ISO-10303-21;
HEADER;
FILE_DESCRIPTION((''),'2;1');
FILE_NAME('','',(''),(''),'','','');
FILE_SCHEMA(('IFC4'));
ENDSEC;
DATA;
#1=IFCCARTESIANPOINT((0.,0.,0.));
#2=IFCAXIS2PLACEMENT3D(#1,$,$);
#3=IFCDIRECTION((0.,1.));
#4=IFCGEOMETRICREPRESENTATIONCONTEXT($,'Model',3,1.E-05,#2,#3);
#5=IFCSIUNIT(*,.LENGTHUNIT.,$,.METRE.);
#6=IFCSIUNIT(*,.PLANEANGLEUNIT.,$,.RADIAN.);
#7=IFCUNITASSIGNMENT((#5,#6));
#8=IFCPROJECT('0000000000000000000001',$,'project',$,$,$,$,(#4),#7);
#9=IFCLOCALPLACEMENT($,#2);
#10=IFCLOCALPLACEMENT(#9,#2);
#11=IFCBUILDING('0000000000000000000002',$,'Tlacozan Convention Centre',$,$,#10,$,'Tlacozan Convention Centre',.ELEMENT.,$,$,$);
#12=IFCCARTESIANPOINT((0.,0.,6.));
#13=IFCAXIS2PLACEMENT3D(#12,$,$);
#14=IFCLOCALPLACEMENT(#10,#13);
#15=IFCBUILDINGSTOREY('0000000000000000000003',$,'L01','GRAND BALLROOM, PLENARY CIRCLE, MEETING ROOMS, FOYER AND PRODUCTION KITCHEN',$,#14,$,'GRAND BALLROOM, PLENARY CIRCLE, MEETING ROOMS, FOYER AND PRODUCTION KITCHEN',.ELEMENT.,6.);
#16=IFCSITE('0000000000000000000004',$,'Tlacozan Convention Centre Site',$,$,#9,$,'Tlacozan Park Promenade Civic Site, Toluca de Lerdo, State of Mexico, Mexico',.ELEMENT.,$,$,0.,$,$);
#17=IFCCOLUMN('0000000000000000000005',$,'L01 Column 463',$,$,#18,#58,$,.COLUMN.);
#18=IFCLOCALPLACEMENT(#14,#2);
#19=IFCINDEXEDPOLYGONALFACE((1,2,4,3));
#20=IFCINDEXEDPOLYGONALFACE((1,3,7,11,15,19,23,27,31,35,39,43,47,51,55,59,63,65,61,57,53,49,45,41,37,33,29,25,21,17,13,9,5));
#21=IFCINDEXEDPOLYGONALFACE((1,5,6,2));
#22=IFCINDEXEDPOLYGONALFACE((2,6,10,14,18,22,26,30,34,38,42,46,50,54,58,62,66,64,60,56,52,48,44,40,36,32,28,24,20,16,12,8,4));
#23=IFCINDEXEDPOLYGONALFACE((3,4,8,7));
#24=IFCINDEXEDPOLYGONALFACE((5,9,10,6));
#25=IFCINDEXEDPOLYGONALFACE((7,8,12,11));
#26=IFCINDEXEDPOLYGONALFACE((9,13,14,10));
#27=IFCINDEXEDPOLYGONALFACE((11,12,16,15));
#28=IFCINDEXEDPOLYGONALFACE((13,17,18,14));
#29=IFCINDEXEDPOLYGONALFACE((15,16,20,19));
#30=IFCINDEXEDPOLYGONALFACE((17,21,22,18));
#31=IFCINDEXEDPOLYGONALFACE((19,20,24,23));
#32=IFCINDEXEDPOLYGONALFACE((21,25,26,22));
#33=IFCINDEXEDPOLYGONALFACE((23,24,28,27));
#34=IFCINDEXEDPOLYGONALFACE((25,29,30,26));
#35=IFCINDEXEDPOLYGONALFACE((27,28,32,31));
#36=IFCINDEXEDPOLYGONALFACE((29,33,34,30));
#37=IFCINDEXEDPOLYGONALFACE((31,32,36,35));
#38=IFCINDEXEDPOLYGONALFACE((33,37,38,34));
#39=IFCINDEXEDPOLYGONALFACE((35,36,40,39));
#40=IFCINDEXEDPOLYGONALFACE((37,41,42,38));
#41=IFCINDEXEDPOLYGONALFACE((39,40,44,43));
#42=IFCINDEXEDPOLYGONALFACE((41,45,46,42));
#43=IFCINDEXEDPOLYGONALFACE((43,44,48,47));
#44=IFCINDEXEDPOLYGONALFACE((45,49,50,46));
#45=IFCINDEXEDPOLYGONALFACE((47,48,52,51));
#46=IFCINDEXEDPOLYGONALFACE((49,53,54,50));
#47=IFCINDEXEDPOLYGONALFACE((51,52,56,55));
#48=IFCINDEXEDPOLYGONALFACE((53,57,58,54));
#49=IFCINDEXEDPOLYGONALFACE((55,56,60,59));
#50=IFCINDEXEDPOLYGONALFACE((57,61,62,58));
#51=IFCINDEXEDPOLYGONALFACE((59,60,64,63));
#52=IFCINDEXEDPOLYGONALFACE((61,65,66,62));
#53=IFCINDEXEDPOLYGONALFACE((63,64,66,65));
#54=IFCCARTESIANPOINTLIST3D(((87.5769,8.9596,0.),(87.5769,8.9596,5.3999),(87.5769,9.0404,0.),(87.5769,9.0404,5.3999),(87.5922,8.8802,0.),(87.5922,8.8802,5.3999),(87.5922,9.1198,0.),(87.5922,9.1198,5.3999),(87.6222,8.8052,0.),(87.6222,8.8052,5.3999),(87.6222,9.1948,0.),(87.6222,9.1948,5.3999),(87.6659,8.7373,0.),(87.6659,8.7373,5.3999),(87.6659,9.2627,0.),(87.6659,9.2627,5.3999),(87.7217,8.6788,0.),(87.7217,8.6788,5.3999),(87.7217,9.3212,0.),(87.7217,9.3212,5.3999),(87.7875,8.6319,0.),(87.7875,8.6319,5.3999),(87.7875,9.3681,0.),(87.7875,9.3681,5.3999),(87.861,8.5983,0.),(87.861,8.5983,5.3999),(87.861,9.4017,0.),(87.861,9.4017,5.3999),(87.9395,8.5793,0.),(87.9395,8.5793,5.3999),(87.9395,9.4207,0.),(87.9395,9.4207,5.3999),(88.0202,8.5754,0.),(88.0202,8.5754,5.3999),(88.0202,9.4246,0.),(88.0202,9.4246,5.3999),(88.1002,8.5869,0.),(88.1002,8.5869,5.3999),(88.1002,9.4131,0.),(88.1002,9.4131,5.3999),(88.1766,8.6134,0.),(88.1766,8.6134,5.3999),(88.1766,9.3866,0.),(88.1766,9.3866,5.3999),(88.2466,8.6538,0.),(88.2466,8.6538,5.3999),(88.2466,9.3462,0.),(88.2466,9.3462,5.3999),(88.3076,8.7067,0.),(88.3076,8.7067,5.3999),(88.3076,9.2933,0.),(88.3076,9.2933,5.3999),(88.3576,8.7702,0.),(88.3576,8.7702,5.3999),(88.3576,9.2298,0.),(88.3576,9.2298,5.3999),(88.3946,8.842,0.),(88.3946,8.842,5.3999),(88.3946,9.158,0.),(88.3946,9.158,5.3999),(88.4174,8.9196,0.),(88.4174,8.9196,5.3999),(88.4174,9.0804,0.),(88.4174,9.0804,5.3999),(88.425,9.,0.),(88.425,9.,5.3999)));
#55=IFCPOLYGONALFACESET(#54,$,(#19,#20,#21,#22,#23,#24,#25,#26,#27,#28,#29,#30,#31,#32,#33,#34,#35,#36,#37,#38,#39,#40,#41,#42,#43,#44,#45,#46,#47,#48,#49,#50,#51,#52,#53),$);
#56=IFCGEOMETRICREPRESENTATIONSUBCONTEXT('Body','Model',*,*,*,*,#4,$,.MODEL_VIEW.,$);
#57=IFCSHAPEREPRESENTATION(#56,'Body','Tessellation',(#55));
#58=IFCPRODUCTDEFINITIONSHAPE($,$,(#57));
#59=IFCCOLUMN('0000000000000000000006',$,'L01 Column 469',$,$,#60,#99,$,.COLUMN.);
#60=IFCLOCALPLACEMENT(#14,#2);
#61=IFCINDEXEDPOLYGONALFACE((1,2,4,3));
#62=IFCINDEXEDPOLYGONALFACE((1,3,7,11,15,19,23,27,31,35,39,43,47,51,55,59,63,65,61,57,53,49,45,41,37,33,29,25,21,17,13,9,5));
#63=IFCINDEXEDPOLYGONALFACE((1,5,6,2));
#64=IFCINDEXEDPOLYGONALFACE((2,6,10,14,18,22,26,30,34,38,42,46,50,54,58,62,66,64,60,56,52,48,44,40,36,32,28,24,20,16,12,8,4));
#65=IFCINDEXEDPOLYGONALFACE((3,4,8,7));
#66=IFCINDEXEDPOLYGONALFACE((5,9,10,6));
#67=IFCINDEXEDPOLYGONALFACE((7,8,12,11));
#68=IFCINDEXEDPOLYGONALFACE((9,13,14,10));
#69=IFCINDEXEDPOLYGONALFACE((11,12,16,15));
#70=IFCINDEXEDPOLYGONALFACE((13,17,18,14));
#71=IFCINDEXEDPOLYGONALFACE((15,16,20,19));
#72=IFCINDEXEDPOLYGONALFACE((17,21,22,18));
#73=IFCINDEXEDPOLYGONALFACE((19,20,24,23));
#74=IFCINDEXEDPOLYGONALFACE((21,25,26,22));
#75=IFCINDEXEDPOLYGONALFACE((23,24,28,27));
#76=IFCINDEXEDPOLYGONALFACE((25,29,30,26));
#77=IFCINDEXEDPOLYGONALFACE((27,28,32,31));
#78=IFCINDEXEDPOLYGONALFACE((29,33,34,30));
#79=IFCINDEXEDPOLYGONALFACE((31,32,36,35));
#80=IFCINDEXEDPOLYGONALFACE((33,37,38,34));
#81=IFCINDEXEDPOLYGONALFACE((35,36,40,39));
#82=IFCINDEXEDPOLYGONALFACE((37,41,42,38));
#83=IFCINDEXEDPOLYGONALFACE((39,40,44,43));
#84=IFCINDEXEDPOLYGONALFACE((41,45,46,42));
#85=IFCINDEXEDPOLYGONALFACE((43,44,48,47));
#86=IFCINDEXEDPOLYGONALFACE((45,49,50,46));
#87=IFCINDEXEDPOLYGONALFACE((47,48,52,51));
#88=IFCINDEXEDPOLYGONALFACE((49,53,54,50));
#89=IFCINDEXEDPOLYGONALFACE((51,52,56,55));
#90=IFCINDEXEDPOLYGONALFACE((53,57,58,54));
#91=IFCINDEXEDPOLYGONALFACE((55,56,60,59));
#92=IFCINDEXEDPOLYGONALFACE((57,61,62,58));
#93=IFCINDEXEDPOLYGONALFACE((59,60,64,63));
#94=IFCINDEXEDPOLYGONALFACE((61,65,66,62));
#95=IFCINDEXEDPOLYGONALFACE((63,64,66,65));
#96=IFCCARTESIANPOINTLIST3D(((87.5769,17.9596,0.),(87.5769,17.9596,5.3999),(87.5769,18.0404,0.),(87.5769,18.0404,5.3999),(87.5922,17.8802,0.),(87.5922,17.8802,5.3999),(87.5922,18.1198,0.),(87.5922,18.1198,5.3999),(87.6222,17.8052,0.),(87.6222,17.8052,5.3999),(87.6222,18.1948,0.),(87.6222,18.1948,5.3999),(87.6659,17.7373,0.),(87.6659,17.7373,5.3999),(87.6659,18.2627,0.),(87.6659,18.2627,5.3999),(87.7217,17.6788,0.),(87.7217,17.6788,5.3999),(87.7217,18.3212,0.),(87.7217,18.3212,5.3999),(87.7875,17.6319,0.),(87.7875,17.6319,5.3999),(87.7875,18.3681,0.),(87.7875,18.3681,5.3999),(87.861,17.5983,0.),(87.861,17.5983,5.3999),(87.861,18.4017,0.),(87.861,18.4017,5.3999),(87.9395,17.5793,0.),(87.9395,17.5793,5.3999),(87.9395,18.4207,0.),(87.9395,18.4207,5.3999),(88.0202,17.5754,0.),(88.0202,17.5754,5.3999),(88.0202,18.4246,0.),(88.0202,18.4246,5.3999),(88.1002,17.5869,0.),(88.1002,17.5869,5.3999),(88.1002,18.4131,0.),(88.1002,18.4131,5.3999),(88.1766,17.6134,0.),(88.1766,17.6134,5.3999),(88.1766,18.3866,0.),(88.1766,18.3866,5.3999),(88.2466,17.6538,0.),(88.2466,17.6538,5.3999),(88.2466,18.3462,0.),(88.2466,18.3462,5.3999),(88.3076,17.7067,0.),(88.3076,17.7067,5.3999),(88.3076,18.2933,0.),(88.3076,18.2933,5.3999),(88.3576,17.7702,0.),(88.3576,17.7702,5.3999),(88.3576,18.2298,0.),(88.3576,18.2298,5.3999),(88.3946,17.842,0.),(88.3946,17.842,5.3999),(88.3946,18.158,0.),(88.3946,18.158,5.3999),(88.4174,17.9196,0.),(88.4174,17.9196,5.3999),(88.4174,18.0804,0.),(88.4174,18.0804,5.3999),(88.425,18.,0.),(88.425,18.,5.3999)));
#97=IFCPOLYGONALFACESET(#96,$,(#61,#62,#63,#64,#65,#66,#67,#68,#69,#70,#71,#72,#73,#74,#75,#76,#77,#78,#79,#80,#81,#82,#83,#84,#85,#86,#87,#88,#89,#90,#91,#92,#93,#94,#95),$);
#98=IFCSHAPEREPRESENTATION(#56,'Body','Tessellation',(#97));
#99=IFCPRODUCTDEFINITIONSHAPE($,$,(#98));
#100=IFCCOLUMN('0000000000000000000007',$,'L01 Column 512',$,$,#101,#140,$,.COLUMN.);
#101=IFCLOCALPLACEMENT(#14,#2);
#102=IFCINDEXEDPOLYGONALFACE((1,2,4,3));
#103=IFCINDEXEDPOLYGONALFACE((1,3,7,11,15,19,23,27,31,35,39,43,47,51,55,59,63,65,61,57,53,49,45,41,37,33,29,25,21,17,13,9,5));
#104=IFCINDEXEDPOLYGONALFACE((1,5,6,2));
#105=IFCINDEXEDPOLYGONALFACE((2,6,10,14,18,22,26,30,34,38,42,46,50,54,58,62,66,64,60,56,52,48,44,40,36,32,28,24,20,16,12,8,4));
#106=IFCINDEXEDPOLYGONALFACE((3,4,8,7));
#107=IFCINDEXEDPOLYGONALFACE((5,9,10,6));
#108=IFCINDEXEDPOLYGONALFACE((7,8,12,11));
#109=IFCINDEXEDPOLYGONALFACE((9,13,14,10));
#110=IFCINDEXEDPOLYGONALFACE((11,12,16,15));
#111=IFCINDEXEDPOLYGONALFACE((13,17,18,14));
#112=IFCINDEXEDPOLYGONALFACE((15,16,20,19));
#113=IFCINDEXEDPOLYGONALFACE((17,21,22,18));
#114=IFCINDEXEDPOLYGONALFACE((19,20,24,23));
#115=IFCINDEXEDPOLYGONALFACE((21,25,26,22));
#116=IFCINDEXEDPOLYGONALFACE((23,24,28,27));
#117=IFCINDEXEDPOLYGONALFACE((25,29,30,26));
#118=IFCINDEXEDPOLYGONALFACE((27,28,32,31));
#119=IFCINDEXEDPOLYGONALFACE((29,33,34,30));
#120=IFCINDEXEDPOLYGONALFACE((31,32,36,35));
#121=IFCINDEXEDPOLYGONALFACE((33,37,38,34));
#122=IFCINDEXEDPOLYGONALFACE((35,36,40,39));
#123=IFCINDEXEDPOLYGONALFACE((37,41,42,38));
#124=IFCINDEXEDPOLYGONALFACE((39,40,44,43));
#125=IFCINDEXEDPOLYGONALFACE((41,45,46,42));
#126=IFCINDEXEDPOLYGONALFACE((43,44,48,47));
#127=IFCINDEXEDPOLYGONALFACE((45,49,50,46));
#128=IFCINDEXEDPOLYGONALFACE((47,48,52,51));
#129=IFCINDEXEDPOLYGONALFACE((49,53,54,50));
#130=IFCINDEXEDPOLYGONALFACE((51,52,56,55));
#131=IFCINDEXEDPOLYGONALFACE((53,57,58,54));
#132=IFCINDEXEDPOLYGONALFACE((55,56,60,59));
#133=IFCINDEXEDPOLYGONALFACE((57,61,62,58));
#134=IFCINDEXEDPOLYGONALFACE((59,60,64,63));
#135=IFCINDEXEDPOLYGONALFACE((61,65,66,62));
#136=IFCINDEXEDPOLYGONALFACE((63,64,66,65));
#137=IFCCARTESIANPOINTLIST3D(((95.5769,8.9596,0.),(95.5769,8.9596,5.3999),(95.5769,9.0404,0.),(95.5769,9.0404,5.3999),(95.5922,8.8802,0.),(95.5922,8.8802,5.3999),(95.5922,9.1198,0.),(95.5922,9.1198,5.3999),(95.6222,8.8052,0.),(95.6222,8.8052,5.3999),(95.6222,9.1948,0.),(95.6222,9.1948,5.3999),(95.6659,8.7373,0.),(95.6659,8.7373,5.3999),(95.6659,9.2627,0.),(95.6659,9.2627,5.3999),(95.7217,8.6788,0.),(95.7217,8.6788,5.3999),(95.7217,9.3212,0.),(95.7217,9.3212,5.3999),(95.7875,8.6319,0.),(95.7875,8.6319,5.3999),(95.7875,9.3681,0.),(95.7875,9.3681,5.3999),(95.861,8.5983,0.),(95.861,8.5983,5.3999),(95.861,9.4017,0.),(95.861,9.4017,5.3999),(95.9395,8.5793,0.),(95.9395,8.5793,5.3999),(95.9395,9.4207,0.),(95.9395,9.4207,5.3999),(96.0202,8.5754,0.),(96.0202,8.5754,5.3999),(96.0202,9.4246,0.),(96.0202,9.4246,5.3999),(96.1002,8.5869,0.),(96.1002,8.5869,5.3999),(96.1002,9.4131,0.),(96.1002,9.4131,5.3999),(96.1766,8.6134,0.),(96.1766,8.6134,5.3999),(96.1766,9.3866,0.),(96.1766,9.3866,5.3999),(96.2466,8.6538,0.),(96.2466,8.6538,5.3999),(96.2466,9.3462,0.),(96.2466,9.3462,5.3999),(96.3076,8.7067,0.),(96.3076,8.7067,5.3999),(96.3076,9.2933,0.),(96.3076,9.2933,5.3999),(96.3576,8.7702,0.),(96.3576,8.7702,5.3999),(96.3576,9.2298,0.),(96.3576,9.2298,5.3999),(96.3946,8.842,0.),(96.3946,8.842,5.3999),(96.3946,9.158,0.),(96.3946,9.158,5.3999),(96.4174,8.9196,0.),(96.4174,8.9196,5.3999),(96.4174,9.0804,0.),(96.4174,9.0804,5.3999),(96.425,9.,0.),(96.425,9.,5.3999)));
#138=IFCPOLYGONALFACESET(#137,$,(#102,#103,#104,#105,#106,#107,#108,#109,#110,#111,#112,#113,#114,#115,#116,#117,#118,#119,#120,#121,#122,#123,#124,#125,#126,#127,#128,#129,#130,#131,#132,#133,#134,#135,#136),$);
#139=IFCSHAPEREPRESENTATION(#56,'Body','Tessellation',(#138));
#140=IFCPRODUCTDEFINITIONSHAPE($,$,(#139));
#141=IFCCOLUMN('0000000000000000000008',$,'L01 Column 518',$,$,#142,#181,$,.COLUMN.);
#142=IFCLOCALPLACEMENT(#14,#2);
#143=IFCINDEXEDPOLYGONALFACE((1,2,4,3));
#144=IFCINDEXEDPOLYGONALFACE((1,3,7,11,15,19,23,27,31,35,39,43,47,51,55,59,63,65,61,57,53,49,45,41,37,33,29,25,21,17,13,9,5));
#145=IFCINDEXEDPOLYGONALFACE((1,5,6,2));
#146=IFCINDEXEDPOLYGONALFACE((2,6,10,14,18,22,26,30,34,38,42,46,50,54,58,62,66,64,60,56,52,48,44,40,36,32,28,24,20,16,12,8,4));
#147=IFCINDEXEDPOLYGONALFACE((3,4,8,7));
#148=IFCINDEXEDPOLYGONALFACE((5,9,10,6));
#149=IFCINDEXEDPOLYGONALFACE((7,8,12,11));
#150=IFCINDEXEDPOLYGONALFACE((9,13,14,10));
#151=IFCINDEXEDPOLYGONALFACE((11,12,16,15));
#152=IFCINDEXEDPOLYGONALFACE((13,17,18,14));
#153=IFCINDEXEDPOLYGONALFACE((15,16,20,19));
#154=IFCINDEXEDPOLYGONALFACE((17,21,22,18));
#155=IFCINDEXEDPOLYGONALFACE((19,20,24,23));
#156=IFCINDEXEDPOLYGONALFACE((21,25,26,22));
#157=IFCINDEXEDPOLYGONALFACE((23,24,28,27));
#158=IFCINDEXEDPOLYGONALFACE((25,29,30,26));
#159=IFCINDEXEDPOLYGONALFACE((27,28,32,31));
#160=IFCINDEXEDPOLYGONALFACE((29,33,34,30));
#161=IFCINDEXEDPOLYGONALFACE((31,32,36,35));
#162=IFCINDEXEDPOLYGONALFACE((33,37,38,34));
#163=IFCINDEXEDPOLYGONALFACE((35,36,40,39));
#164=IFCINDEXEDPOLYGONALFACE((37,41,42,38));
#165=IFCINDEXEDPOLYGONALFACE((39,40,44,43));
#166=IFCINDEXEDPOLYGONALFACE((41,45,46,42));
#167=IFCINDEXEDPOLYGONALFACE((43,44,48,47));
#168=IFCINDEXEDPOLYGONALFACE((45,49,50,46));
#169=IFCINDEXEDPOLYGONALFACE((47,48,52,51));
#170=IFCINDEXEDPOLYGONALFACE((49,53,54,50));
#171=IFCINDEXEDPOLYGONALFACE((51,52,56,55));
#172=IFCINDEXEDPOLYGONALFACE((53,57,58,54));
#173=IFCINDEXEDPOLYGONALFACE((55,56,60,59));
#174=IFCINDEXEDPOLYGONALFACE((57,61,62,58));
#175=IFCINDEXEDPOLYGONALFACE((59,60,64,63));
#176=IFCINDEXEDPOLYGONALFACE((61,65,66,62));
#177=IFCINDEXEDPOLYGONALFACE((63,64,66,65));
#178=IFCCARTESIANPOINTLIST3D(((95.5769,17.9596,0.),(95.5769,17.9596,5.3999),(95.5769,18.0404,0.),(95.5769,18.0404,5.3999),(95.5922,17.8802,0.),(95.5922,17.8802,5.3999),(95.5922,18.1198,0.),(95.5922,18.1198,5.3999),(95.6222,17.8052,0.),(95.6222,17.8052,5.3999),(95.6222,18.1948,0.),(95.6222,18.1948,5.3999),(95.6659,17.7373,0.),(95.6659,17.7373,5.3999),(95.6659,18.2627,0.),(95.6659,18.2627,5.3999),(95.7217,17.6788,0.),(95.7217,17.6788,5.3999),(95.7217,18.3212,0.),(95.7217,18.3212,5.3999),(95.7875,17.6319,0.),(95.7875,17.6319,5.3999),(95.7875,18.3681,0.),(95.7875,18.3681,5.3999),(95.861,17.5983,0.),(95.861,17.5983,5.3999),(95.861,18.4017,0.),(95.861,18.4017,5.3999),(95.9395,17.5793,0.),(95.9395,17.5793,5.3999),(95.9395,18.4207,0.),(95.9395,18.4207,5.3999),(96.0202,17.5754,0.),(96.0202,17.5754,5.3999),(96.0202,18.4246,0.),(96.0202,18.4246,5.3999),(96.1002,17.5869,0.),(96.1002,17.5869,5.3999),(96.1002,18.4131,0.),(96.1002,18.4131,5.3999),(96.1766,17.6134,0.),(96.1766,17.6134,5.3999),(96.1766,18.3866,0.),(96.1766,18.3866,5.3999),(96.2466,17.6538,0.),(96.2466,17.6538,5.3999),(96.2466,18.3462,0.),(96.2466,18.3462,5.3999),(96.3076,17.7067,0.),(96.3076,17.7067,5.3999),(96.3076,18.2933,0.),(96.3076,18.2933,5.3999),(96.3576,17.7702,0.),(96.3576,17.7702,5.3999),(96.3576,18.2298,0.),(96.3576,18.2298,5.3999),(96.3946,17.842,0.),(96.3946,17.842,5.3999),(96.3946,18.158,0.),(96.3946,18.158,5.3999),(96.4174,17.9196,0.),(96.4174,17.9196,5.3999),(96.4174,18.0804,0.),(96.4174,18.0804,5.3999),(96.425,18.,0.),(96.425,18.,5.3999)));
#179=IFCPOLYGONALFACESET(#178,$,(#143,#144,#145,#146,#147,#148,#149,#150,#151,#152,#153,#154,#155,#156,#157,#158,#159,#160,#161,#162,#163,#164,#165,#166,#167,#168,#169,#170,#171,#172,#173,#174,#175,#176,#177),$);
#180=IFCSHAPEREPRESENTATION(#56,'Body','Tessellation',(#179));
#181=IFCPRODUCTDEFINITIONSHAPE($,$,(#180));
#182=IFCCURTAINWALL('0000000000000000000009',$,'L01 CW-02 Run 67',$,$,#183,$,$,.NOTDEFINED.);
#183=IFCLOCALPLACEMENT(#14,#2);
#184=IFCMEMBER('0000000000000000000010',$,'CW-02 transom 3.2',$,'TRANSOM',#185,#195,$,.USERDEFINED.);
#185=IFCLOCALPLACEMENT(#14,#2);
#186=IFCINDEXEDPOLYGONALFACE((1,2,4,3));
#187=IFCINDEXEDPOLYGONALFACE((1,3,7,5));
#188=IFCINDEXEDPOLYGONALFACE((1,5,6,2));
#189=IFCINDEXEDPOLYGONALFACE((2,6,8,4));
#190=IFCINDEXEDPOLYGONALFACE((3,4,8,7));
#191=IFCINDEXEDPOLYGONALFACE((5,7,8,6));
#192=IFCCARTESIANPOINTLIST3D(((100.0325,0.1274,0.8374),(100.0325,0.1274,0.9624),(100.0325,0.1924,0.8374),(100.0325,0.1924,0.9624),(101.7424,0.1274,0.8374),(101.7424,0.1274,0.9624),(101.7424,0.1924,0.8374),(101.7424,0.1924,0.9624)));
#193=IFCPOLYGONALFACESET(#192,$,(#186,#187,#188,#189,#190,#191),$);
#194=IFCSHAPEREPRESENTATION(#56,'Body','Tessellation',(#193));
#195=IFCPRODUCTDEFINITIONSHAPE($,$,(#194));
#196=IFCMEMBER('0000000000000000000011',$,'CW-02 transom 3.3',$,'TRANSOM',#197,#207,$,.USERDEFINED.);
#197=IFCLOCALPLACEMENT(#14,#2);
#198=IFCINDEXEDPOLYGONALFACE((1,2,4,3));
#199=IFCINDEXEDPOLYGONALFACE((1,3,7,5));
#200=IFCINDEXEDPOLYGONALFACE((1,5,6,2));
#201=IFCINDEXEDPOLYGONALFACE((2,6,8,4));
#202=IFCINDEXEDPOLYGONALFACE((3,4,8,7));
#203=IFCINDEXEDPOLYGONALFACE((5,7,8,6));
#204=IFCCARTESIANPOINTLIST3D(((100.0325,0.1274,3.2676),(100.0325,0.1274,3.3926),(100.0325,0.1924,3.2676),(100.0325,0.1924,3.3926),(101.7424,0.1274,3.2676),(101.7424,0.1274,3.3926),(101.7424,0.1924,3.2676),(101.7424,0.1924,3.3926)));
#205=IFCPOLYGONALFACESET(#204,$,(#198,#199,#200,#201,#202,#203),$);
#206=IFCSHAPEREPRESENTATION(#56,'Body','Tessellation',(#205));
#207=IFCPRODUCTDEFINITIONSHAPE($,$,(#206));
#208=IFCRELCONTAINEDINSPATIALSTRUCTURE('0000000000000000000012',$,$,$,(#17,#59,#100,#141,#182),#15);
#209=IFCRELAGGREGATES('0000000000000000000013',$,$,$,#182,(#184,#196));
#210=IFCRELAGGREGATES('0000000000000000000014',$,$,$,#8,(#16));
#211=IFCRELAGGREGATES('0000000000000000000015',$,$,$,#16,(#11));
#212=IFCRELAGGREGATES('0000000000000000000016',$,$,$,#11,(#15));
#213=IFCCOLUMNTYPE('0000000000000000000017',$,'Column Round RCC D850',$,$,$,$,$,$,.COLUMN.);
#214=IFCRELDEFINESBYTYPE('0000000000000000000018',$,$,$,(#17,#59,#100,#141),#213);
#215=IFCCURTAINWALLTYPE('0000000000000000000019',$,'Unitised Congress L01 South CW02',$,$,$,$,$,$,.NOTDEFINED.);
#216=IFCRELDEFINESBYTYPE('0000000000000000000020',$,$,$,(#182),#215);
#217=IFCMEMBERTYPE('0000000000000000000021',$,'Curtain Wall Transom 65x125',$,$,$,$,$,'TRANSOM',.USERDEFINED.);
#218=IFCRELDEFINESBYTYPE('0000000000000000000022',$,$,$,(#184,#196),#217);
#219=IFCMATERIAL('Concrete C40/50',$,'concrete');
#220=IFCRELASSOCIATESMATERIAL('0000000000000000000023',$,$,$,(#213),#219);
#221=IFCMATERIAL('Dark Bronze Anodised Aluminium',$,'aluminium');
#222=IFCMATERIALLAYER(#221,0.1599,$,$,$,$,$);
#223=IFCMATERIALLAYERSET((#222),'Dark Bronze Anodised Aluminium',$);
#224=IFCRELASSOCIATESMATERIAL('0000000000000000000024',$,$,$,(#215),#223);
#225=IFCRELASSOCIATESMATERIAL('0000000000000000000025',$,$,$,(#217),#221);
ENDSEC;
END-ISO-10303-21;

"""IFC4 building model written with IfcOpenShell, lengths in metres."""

from ifc_helpers import new_model, si_unit, direction, frame, origin, origin_2d, place, context, subcontext, project, spatial, rectangle, circle, extrude, material, layer, layer_set, material_profile, profile_set, type_object, element, aggregate, save


model = new_model("IFC4")

# Units and contexts
model_context = context("Model", 3, precision=1e-05, world=origin(), true_north=direction((0.0, 1.0)))
body_context = subcontext(model_context, "Body", "Model", "MODEL_VIEW")
ifc_project = project(units=[si_unit("LENGTHUNIT", "METRE"), si_unit("PLANEANGLEUNIT", "RADIAN")], contexts=[model_context])

# Site, building, storey
site_placement = place(None, origin())
site = spatial("IfcSite", under=ifc_project, at=site_placement, Name="Tlacozan Convention Centre Site", LongName="Tlacozan Park Promenade Civic Site, Toluca de Lerdo, State of Mexico, Mexico", CompositionType="ELEMENT", RefElevation=0.0)
building_placement = place(site_placement, origin())
building = spatial("IfcBuilding", under=site, at=building_placement, Name="Tlacozan Convention Centre", LongName="Tlacozan Convention Centre", CompositionType="ELEMENT")
storey_placement = place(building_placement, frame((0.0, 0.0, 6.0)))
storey = spatial("IfcBuildingStorey", under=building, at=storey_placement, Name="L01", Description="GRAND BALLROOM, PLENARY CIRCLE, MEETING ROOMS, FOYER AND PRODUCTION KITCHEN", LongName="GRAND BALLROOM, PLENARY CIRCLE, MEETING ROOMS, FOYER AND PRODUCTION KITCHEN", CompositionType="ELEMENT", Elevation=6.0)

# Columns
ifc_material_1 = material(Name="Concrete C40/50", Category="concrete")
ifc_material_profile_1 = material_profile(ifc_material_1, circle(Radius=0.425, at=origin_2d()), Name="RCC D850")
ifc_profile_set_1 = profile_set([ifc_material_profile_1], Name="Concrete C40/50")
column_type = type_object("IfcColumnType", Name="Column Round RCC D850", PredefinedType="COLUMN", material=ifc_profile_set_1)
for number, where, z_axis, x_axis, name in (
    (1, (88.0, 9.0, 0.0), (0.0, 0.0, 1.0), (1.0, 0.0, 0.0), "L01 Column 463"),
    (2, (88.0, 18.0, 0.0), (0.0, 0.0, 1.0), (1.0, 0.0, 0.0), "L01 Column 469"),
    (3, (96.0, 9.0, 0.0), (0.0, 0.0, 1.0), (1.0, 0.0, 0.0), "L01 Column 512"),
    (4, (96.0, 18.0, 0.0), (0.0, 0.0, 1.0), (1.0, 0.0, 0.0), "L01 Column 518"),
):
    element("IfcColumn", number, at=place(storey_placement, frame(where, z_axis=z_axis, x_axis=x_axis)), inside=storey, type_object=column_type, Name=name, PredefinedType="COLUMN", context=body_context, shape_type="SweptSolid", body=[
        extrude(circle(Radius=0.425, at=origin_2d()), origin(), (0.0, 0.0, 1.0), 5.3999),
    ])

# Curtain wall, members
ifc_material_2 = material(Name="Dark Bronze Anodised Aluminium", Category="aluminium")
ifc_layer_1 = layer(ifc_material_2, 0.1599)
ifc_layer_set_1 = layer_set([ifc_layer_1], Name="Dark Bronze Anodised Aluminium")
curtain_wall_type = type_object("IfcCurtainWallType", Name="Unitised Congress L01 South CW02", PredefinedType="NOTDEFINED", material=ifc_layer_set_1)
curtain_wall_placement = place(storey_placement, origin())
curtain_wall = element("IfcCurtainWall", 5, at=curtain_wall_placement, inside=storey, type_object=curtain_wall_type, Name="L01 CW-02 Run 67", PredefinedType="NOTDEFINED")
ifc_material_profile_2 = material_profile(ifc_material_2, rectangle(XDim=0.0649, YDim=0.125, at=origin_2d()), Name="ALU 65x125")
ifc_profile_set_2 = profile_set([ifc_material_profile_2], Name="Dark Bronze Anodised Aluminium")
member_type = type_object("IfcMemberType", Name="Curtain Wall Transom 65x125", ElementType="TRANSOM", PredefinedType="USERDEFINED", material=ifc_profile_set_2)
member_1_placement = place(storey_placement, frame((100.0325, 0.1599, 0.8999), z_axis=(1.0, 0.0, 0.0), x_axis=(0.0, 1.0, 0.0)))
member_1 = element("IfcMember", 6, at=member_1_placement, type_object=member_type, Name="CW-02 transom 3.2", ObjectType="TRANSOM", PredefinedType="USERDEFINED", context=body_context, shape_type="SweptSolid", body=[
    extrude(rectangle(XDim=0.0649, YDim=0.125, at=origin_2d()), origin(), (0.0, 0.0, 1.0), 1.71),
])
member_2_placement = place(storey_placement, frame((100.0325, 0.1599, 3.3301), z_axis=(1.0, 0.0, 0.0), x_axis=(0.0, 1.0, 0.0)))
member_2 = element("IfcMember", 7, at=member_2_placement, type_object=member_type, Name="CW-02 transom 3.3", ObjectType="TRANSOM", PredefinedType="USERDEFINED", context=body_context, shape_type="SweptSolid", body=[
    extrude(rectangle(XDim=0.0649, YDim=0.125, at=origin_2d()), origin(), (0.0, 0.0, 1.0), 1.71),
])

aggregate(curtain_wall, [member_1, member_2])

save(model, "model.ifc")
